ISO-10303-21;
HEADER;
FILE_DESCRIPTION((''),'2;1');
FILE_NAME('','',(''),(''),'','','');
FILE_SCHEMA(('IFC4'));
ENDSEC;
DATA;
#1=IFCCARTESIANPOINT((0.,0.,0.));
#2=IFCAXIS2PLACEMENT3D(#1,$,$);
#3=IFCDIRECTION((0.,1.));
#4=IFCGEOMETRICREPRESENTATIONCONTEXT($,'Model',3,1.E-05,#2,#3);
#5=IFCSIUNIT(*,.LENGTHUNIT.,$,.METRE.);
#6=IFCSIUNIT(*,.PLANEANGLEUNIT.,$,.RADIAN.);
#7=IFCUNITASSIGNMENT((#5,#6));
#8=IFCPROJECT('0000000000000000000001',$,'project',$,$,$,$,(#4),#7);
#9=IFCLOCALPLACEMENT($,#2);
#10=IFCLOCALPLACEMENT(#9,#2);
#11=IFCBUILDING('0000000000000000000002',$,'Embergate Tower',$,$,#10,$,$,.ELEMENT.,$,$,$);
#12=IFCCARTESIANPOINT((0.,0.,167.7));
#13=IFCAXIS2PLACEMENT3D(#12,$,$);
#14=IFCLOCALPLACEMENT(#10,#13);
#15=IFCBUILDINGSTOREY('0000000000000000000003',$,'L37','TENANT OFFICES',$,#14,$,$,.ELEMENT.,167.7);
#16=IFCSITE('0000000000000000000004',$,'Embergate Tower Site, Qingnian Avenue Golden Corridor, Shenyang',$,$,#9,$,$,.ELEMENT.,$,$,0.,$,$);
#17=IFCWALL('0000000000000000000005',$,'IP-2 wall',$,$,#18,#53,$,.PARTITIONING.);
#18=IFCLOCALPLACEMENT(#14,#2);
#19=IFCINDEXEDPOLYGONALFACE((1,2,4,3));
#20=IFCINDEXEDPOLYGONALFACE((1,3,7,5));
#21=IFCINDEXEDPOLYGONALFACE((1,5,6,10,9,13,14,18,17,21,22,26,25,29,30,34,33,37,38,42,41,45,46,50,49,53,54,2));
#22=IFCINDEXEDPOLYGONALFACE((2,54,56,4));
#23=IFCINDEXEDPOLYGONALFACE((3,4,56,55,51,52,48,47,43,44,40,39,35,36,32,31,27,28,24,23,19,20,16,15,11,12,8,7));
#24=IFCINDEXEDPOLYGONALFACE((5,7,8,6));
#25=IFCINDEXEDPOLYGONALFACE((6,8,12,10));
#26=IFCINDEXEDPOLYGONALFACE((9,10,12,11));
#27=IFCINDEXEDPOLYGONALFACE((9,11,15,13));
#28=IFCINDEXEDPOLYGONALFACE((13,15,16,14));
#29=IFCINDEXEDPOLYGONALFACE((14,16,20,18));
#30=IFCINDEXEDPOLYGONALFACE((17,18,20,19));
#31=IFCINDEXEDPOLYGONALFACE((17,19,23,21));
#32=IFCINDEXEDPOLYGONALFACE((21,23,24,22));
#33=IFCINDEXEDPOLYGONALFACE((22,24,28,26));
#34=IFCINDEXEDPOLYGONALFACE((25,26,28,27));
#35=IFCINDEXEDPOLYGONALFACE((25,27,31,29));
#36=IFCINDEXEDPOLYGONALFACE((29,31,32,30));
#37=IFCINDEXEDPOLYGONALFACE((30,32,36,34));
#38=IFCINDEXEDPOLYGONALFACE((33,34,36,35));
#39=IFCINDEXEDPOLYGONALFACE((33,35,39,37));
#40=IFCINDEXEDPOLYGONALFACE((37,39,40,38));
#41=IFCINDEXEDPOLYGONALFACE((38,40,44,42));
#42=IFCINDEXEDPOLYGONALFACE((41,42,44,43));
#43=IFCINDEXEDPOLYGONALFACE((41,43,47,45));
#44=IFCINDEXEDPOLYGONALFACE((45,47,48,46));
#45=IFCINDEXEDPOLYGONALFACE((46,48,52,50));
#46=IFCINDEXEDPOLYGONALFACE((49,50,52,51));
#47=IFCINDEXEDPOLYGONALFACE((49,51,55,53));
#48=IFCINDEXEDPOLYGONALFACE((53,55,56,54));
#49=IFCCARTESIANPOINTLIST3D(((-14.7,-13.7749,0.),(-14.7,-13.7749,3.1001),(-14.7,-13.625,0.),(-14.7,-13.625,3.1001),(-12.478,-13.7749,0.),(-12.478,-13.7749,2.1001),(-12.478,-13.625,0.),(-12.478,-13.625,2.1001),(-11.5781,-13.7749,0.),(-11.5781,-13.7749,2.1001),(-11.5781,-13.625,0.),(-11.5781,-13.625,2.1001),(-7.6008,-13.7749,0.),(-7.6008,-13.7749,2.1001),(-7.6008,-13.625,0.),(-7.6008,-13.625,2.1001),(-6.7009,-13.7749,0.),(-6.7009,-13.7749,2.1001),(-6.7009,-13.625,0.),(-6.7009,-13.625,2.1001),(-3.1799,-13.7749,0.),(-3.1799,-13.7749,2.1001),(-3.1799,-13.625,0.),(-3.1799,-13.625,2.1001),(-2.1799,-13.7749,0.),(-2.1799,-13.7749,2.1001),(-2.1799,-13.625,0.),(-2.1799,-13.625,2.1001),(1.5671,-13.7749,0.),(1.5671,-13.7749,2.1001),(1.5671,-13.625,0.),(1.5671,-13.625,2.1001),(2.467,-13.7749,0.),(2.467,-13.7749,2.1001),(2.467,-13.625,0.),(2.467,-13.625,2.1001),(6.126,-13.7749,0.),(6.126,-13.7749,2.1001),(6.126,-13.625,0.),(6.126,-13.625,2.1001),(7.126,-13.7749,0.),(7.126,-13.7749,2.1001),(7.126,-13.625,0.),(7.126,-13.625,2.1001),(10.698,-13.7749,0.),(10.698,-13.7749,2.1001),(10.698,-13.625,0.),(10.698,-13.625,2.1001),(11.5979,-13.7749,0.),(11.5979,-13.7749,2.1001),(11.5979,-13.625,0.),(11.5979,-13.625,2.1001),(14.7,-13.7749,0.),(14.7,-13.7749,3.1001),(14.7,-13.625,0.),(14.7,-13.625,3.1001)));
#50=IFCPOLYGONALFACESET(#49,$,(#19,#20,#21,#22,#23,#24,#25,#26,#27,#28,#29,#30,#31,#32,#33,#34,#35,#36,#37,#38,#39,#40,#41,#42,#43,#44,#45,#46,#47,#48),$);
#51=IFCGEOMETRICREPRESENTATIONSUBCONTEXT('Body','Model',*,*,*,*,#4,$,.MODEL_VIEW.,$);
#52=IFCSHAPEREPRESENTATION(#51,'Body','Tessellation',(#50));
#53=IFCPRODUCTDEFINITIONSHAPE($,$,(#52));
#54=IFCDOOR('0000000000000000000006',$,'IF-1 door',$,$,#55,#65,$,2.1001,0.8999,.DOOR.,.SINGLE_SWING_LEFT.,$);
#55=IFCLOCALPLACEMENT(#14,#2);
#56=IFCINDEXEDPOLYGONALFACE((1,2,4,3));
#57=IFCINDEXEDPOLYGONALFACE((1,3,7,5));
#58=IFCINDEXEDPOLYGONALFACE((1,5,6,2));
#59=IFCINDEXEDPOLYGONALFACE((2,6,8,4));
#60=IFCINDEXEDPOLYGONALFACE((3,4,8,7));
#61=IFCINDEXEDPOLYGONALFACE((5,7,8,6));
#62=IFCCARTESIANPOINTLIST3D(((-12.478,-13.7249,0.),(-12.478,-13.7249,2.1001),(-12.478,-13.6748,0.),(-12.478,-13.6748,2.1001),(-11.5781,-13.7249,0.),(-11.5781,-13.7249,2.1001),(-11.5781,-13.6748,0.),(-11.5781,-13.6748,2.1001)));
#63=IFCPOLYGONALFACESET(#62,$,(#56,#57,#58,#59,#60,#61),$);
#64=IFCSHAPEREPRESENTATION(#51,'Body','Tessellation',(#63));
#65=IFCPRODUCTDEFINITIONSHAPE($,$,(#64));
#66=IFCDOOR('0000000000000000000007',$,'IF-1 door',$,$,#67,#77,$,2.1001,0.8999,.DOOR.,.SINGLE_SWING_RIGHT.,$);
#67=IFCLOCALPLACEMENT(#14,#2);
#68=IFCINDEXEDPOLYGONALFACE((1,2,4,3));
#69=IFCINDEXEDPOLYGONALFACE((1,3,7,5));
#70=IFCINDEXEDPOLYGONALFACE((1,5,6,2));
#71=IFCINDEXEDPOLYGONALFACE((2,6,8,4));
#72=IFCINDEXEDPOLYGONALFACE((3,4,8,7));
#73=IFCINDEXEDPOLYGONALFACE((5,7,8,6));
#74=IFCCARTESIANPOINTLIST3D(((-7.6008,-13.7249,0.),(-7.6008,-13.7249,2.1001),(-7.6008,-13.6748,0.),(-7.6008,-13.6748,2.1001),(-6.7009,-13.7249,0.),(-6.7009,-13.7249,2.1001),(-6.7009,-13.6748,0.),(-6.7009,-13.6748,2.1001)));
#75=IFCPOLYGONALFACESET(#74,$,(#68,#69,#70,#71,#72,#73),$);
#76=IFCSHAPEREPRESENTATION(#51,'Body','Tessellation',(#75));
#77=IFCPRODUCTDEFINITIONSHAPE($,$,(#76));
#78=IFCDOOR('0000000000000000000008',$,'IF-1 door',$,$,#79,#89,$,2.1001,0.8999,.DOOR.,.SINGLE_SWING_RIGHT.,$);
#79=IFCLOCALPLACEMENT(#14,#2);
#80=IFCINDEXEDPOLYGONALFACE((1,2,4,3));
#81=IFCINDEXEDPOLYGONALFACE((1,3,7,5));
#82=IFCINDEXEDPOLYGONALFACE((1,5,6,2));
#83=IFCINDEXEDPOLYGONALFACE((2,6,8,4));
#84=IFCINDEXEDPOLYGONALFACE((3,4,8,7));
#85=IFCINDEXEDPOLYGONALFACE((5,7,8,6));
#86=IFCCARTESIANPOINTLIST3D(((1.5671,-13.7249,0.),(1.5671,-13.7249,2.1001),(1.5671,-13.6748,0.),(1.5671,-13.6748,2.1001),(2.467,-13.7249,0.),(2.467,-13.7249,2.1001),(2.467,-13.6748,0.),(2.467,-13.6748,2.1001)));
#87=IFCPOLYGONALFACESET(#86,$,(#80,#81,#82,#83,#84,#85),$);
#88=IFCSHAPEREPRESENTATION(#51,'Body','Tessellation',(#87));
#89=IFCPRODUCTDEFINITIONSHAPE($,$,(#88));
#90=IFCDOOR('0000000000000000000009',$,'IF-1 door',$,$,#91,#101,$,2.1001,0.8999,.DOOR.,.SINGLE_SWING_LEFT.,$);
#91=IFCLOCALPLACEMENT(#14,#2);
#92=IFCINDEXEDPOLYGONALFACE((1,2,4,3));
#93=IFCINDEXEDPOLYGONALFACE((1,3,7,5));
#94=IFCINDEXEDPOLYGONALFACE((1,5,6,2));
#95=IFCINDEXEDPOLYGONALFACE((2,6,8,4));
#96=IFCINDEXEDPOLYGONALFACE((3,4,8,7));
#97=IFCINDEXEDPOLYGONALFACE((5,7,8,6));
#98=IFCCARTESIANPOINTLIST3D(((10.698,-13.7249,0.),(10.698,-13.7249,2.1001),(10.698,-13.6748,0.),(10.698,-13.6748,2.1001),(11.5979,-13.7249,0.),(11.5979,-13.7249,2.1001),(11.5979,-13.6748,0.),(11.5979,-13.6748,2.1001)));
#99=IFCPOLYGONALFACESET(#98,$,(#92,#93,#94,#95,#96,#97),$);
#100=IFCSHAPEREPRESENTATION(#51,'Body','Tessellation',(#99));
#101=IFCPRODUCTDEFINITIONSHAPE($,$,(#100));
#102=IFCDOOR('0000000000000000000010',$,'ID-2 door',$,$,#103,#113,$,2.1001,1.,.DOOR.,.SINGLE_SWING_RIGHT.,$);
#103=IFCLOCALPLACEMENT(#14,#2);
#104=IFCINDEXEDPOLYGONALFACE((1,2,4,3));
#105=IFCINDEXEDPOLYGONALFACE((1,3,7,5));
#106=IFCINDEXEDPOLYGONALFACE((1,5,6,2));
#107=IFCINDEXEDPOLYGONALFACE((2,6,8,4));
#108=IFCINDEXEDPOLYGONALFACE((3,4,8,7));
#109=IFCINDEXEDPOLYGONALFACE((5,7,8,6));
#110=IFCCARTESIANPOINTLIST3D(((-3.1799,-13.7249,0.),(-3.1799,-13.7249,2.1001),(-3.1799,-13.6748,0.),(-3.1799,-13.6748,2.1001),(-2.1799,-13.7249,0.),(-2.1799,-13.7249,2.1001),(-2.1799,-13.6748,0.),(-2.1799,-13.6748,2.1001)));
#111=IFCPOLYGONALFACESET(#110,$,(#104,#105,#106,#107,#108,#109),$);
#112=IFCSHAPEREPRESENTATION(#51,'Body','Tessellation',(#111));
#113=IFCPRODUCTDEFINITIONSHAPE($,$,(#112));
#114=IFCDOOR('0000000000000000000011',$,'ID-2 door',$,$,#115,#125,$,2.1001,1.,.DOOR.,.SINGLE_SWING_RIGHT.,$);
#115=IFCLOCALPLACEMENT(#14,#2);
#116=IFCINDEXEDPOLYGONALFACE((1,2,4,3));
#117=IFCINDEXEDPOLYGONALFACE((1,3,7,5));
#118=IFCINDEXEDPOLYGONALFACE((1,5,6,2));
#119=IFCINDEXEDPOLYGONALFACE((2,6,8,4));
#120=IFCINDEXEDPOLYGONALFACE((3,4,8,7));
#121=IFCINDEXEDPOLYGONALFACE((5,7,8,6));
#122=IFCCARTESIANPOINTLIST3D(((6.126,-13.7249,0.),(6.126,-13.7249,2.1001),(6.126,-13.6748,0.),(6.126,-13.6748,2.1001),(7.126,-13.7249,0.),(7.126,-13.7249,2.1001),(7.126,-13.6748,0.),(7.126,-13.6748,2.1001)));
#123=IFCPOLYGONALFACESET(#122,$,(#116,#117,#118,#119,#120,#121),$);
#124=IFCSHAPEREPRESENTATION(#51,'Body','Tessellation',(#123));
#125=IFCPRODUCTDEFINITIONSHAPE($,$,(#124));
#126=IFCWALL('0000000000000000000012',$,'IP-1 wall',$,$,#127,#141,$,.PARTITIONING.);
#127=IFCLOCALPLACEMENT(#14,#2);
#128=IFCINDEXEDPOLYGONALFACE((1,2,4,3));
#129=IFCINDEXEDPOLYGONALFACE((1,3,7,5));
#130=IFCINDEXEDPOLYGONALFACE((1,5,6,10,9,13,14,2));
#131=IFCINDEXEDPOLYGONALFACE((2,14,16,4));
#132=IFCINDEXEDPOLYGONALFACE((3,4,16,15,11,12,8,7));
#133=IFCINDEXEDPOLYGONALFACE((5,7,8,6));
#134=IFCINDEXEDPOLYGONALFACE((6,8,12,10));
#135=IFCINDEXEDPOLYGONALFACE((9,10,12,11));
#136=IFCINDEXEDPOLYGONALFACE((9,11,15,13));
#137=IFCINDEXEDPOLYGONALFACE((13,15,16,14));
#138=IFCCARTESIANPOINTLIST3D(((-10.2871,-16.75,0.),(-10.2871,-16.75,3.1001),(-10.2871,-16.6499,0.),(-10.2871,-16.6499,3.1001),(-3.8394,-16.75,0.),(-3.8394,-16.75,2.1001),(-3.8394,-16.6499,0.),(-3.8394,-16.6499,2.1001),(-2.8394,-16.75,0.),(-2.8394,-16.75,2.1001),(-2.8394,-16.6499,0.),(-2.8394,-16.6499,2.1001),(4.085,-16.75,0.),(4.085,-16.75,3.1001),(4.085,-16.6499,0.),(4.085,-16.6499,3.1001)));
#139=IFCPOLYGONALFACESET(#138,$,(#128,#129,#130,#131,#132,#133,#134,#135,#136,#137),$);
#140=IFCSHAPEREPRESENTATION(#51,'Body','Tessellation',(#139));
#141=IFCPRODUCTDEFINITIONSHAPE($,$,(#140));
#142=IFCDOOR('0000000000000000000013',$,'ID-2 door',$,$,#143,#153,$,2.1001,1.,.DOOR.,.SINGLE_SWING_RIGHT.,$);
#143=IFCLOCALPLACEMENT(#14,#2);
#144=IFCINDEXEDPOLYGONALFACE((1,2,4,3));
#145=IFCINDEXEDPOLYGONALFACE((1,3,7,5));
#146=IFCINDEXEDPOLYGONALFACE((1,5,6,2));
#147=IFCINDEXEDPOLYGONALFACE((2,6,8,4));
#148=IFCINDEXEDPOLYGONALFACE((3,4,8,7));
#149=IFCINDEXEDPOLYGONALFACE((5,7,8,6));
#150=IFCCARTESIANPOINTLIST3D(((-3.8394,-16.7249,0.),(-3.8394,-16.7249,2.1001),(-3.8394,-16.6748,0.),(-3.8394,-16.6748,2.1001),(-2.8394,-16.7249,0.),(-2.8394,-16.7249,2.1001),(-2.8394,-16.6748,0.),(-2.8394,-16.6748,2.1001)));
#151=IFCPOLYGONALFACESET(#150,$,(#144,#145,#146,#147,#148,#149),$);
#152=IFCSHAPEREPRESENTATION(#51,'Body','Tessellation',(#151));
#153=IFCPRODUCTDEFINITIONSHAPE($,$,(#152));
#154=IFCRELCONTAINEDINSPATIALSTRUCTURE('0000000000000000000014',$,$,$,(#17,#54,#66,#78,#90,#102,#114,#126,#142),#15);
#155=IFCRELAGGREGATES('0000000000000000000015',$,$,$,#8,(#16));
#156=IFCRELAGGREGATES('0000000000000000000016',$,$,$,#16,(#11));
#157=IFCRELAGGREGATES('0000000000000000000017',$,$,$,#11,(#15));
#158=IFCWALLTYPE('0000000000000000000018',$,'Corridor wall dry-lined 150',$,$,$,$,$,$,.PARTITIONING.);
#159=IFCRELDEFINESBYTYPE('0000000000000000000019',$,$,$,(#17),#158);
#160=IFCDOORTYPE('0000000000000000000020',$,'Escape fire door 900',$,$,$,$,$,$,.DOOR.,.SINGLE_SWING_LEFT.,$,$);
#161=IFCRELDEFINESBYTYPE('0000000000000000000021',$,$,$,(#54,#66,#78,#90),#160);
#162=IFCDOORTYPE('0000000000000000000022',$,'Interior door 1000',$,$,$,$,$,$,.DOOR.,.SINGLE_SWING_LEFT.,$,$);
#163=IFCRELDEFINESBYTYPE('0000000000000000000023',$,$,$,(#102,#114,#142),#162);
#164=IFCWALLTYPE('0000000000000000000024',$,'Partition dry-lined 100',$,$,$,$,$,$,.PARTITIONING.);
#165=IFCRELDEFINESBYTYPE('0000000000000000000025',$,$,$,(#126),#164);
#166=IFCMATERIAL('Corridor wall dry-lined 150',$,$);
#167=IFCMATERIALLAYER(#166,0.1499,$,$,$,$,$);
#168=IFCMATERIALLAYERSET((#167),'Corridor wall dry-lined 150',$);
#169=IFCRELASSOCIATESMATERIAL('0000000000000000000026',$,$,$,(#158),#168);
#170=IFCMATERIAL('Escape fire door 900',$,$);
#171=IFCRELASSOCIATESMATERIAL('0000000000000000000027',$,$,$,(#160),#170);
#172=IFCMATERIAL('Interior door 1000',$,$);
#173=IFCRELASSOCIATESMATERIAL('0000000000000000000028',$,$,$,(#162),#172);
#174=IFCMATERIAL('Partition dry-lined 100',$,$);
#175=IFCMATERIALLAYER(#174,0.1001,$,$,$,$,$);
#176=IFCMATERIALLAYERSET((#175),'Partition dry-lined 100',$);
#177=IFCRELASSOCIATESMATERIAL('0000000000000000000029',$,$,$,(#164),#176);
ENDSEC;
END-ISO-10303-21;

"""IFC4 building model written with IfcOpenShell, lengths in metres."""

from ifc_helpers import new_model, si_unit, direction, frame, frame_2d, origin, place, context, subcontext, project, spatial, rectangle, extrude, source, transform, mapped, material, layer, layer_set, type_object, element, fill, save


model = new_model("IFC4")

# Units and contexts
model_context = context("Model", 3, precision=1e-05, world=origin(), true_north=direction((0.0, 1.0)))
body_context = subcontext(model_context, "Body", "Model", "MODEL_VIEW")
ifc_project = project(units=[si_unit("LENGTHUNIT", "METRE"), si_unit("PLANEANGLEUNIT", "RADIAN")], contexts=[model_context])

# Site, building, storey
site_placement = place(None, origin())
site = spatial("IfcSite", under=ifc_project, at=site_placement, Name="Embergate Tower Site, Qingnian Avenue Golden Corridor, Shenyang", CompositionType="ELEMENT", RefElevation=0.0)
building_placement = place(site_placement, origin())
building = spatial("IfcBuilding", under=site, at=building_placement, Name="Embergate Tower", CompositionType="ELEMENT")
storey_placement = place(building_placement, frame((0.0, 0.0, 167.7)))
storey = spatial("IfcBuildingStorey", under=building, at=storey_placement, Name="L37", Description="TENANT OFFICES", CompositionType="ELEMENT", Elevation=167.7)

# Wall, openings, doors
shared_shape_1 = source(origin(), body_context, "Body", "SweptSolid", [
    extrude(rectangle(XDim=1.0, YDim=2.1001, at=frame_2d((0.5, 1.05))), frame((0.0, 0.0249, 0.0), z_axis=(0.0, -1.0, 0.0), x_axis=(1.0, 0.0, 0.0)), (0.0, 0.0, 1.0), 0.05),
])
ifc_material_1 = material(Name="Corridor wall dry-lined 150")
ifc_layer_1 = layer(ifc_material_1, 0.1499)
ifc_layer_set_1 = layer_set([ifc_layer_1], Name="Corridor wall dry-lined 150")
wall_type_1 = type_object("IfcWallType", Name="Corridor wall dry-lined 150", PredefinedType="PARTITIONING", material=ifc_layer_set_1)
shared_shape_2 = source(origin(), body_context, "Body", "SweptSolid", [
    extrude(rectangle(XDim=29.3999, YDim=0.1499, at=frame_2d((14.7, 0.0))), origin(), (0.0, 0.0, 1.0), 3.1001),
])
wall_1_placement = place(storey_placement, frame((14.7, -13.7, 0.0), z_axis=(0.0, 0.0, 1.0), x_axis=(-1.0, 0.0, 0.0)))
wall_1 = element("IfcWall", 1, at=wall_1_placement, inside=storey, type_object=wall_type_1, Name="IP-2 wall", PredefinedType="PARTITIONING", context=body_context, shape_type="MappedRepresentation", body=[
    mapped(shared_shape_2, transform((0.0, 0.0, 0.0))),
])
shared_shape_3 = source(origin(), body_context, "Body", "SweptSolid", [
    extrude(rectangle(XDim=0.8999, YDim=2.1001, at=frame_2d((0.45, 1.05))), frame((0.0, 0.085, 0.0), z_axis=(0.0, -1.0, 0.0), x_axis=(1.0, 0.0, 0.0)), (0.0, 0.0, 1.0), 0.1699),
])
opening_1_placement = place(wall_1_placement, frame((26.2781, 0.0, 0.0)))
opening_1 = element("IfcOpeningElement", 2, at=opening_1_placement, cuts=wall_1, PredefinedType="OPENING", context=body_context, shape_type="MappedRepresentation", body=[
    mapped(shared_shape_3, transform((0.0, 0.0, 0.0))),
])
opening_2_placement = place(wall_1_placement, frame((21.4009, 0.0, 0.0)))
opening_2 = element("IfcOpeningElement", 3, at=opening_2_placement, cuts=wall_1, PredefinedType="OPENING", context=body_context, shape_type="MappedRepresentation", body=[
    mapped(shared_shape_3, transform((0.0, 0.0, 0.0))),
])
shared_shape_4 = source(origin(), body_context, "Body", "SweptSolid", [
    extrude(rectangle(XDim=1.0, YDim=2.1001, at=frame_2d((0.5, 1.05))), frame((0.0, 0.085, 0.0), z_axis=(0.0, -1.0, 0.0), x_axis=(1.0, 0.0, 0.0)), (0.0, 0.0, 1.0), 0.1699),
])
opening_3_placement = place(wall_1_placement, frame((16.8799, 0.0, 0.0)))
opening_3 = element("IfcOpeningElement", 4, at=opening_3_placement, cuts=wall_1, PredefinedType="OPENING", context=body_context, shape_type="MappedRepresentation", body=[
    mapped(shared_shape_4, transform((0.0, 0.0, 0.0))),
])
opening_4_placement = place(wall_1_placement, frame((12.2329, 0.0, 0.0)))
opening_4 = element("IfcOpeningElement", 5, at=opening_4_placement, cuts=wall_1, PredefinedType="OPENING", context=body_context, shape_type="MappedRepresentation", body=[
    mapped(shared_shape_3, transform((0.0, 0.0, 0.0))),
])
opening_5_placement = place(wall_1_placement, frame((7.574, 0.0, 0.0)))
opening_5 = element("IfcOpeningElement", 6, at=opening_5_placement, cuts=wall_1, PredefinedType="OPENING", context=body_context, shape_type="MappedRepresentation", body=[
    mapped(shared_shape_4, transform((0.0, 0.0, 0.0))),
])
opening_6_placement = place(wall_1_placement, frame((3.1021, 0.0, 0.0)))
opening_6 = element("IfcOpeningElement", 7, at=opening_6_placement, cuts=wall_1, PredefinedType="OPENING", context=body_context, shape_type="MappedRepresentation", body=[
    mapped(shared_shape_3, transform((0.0, 0.0, 0.0))),
])
ifc_material_2 = material(Name="Escape fire door 900")
door_type_1 = type_object("IfcDoorType", Name="Escape fire door 900", OperationType="SINGLE_SWING_LEFT", PredefinedType="DOOR", material=ifc_material_2)
shared_shape_5 = source(origin(), body_context, "Body", "SweptSolid", [
    extrude(rectangle(XDim=0.8999, YDim=2.1001, at=frame_2d((0.45, 1.05))), frame((0.0, 0.0249, 0.0), z_axis=(0.0, -1.0, 0.0), x_axis=(1.0, 0.0, 0.0)), (0.0, 0.0, 1.0), 0.05),
])
door_1_placement = place(opening_1_placement, origin())
door_1 = element("IfcDoor", 8, at=door_1_placement, inside=storey, type_object=door_type_1, Name="IF-1 door", OperationType="SINGLE_SWING_LEFT", OverallHeight=2.1001, OverallWidth=0.8999, PredefinedType="DOOR", context=body_context, shape_type="MappedRepresentation", body=[
    mapped(shared_shape_5, transform((0.0, 0.0, 0.0))),
])
fill(opening_1, door_1)
door_2_placement = place(opening_2_placement, origin())
door_2 = element("IfcDoor", 9, at=door_2_placement, inside=storey, type_object=door_type_1, Name="IF-1 door", OperationType="SINGLE_SWING_RIGHT", OverallHeight=2.1001, OverallWidth=0.8999, PredefinedType="DOOR", context=body_context, shape_type="MappedRepresentation", body=[
    mapped(shared_shape_5, transform((0.0, 0.0, 0.0))),
])
fill(opening_2, door_2)
door_3_placement = place(opening_4_placement, origin())
door_3 = element("IfcDoor", 10, at=door_3_placement, inside=storey, type_object=door_type_1, Name="IF-1 door", OperationType="SINGLE_SWING_RIGHT", OverallHeight=2.1001, OverallWidth=0.8999, PredefinedType="DOOR", context=body_context, shape_type="MappedRepresentation", body=[
    mapped(shared_shape_5, transform((0.0, 0.0, 0.0))),
])
fill(opening_4, door_3)
door_4_placement = place(opening_6_placement, origin())
door_4 = element("IfcDoor", 11, at=door_4_placement, inside=storey, type_object=door_type_1, Name="IF-1 door", OperationType="SINGLE_SWING_LEFT", OverallHeight=2.1001, OverallWidth=0.8999, PredefinedType="DOOR", context=body_context, shape_type="MappedRepresentation", body=[
    mapped(shared_shape_5, transform((0.0, 0.0, 0.0))),
])
fill(opening_6, door_4)
ifc_material_3 = material(Name="Interior door 1000")
door_type_2 = type_object("IfcDoorType", Name="Interior door 1000", OperationType="SINGLE_SWING_LEFT", PredefinedType="DOOR", material=ifc_material_3)
door_5_placement = place(opening_3_placement, origin())
door_5 = element("IfcDoor", 12, at=door_5_placement, inside=storey, type_object=door_type_2, Name="ID-2 door", OperationType="SINGLE_SWING_RIGHT", OverallHeight=2.1001, OverallWidth=1.0, PredefinedType="DOOR", context=body_context, shape_type="MappedRepresentation", body=[
    mapped(shared_shape_1, transform((0.0, 0.0, 0.0))),
])
fill(opening_3, door_5)
door_6_placement = place(opening_5_placement, origin())
door_6 = element("IfcDoor", 13, at=door_6_placement, inside=storey, type_object=door_type_2, Name="ID-2 door", OperationType="SINGLE_SWING_RIGHT", OverallHeight=2.1001, OverallWidth=1.0, PredefinedType="DOOR", context=body_context, shape_type="MappedRepresentation", body=[
    mapped(shared_shape_1, transform((0.0, 0.0, 0.0))),
])
fill(opening_5, door_6)

# Wall, opening, door
ifc_material_4 = material(Name="Partition dry-lined 100")
ifc_layer_2 = layer(ifc_material_4, 0.1001)
ifc_layer_set_2 = layer_set([ifc_layer_2], Name="Partition dry-lined 100")
wall_type_2 = type_object("IfcWallType", Name="Partition dry-lined 100", PredefinedType="PARTITIONING", material=ifc_layer_set_2)
shared_shape_6 = source(origin(), body_context, "Body", "SweptSolid", [
    extrude(rectangle(XDim=14.3721, YDim=0.1001, at=frame_2d((7.186, 0.0))), origin(), (0.0, 0.0, 1.0), 3.1001),
])
wall_2_placement = place(storey_placement, frame((4.085, -16.7, 0.0), z_axis=(0.0, 0.0, 1.0), x_axis=(-1.0, 0.0, 0.0)))
wall_2 = element("IfcWall", 14, at=wall_2_placement, inside=storey, type_object=wall_type_2, Name="IP-1 wall", PredefinedType="PARTITIONING", context=body_context, shape_type="MappedRepresentation", body=[
    mapped(shared_shape_6, transform((0.0, 0.0, 0.0))),
])
shared_shape_7 = source(origin(), body_context, "Body", "SweptSolid", [
    extrude(rectangle(XDim=1.0, YDim=2.1001, at=frame_2d((0.5, 1.05))), frame((0.0, 0.0601, 0.0), z_axis=(0.0, -1.0, 0.0), x_axis=(1.0, 0.0, 0.0)), (0.0, 0.0, 1.0), 0.1201),
])
opening_7_placement = place(wall_2_placement, frame((6.9243, 0.0, 0.0)))
opening_7 = element("IfcOpeningElement", 15, at=opening_7_placement, cuts=wall_2, PredefinedType="OPENING", context=body_context, shape_type="MappedRepresentation", body=[
    mapped(shared_shape_7, transform((0.0, 0.0, 0.0))),
])
door_7_placement = place(opening_7_placement, origin())
door_7 = element("IfcDoor", 16, at=door_7_placement, inside=storey, type_object=door_type_2, Name="ID-2 door", OperationType="SINGLE_SWING_RIGHT", OverallHeight=2.1001, OverallWidth=1.0, PredefinedType="DOOR", context=body_context, shape_type="MappedRepresentation", body=[
    mapped(shared_shape_1, transform((0.0, 0.0, 0.0))),
])
fill(opening_7, door_7)

save(model, "model.ifc")
